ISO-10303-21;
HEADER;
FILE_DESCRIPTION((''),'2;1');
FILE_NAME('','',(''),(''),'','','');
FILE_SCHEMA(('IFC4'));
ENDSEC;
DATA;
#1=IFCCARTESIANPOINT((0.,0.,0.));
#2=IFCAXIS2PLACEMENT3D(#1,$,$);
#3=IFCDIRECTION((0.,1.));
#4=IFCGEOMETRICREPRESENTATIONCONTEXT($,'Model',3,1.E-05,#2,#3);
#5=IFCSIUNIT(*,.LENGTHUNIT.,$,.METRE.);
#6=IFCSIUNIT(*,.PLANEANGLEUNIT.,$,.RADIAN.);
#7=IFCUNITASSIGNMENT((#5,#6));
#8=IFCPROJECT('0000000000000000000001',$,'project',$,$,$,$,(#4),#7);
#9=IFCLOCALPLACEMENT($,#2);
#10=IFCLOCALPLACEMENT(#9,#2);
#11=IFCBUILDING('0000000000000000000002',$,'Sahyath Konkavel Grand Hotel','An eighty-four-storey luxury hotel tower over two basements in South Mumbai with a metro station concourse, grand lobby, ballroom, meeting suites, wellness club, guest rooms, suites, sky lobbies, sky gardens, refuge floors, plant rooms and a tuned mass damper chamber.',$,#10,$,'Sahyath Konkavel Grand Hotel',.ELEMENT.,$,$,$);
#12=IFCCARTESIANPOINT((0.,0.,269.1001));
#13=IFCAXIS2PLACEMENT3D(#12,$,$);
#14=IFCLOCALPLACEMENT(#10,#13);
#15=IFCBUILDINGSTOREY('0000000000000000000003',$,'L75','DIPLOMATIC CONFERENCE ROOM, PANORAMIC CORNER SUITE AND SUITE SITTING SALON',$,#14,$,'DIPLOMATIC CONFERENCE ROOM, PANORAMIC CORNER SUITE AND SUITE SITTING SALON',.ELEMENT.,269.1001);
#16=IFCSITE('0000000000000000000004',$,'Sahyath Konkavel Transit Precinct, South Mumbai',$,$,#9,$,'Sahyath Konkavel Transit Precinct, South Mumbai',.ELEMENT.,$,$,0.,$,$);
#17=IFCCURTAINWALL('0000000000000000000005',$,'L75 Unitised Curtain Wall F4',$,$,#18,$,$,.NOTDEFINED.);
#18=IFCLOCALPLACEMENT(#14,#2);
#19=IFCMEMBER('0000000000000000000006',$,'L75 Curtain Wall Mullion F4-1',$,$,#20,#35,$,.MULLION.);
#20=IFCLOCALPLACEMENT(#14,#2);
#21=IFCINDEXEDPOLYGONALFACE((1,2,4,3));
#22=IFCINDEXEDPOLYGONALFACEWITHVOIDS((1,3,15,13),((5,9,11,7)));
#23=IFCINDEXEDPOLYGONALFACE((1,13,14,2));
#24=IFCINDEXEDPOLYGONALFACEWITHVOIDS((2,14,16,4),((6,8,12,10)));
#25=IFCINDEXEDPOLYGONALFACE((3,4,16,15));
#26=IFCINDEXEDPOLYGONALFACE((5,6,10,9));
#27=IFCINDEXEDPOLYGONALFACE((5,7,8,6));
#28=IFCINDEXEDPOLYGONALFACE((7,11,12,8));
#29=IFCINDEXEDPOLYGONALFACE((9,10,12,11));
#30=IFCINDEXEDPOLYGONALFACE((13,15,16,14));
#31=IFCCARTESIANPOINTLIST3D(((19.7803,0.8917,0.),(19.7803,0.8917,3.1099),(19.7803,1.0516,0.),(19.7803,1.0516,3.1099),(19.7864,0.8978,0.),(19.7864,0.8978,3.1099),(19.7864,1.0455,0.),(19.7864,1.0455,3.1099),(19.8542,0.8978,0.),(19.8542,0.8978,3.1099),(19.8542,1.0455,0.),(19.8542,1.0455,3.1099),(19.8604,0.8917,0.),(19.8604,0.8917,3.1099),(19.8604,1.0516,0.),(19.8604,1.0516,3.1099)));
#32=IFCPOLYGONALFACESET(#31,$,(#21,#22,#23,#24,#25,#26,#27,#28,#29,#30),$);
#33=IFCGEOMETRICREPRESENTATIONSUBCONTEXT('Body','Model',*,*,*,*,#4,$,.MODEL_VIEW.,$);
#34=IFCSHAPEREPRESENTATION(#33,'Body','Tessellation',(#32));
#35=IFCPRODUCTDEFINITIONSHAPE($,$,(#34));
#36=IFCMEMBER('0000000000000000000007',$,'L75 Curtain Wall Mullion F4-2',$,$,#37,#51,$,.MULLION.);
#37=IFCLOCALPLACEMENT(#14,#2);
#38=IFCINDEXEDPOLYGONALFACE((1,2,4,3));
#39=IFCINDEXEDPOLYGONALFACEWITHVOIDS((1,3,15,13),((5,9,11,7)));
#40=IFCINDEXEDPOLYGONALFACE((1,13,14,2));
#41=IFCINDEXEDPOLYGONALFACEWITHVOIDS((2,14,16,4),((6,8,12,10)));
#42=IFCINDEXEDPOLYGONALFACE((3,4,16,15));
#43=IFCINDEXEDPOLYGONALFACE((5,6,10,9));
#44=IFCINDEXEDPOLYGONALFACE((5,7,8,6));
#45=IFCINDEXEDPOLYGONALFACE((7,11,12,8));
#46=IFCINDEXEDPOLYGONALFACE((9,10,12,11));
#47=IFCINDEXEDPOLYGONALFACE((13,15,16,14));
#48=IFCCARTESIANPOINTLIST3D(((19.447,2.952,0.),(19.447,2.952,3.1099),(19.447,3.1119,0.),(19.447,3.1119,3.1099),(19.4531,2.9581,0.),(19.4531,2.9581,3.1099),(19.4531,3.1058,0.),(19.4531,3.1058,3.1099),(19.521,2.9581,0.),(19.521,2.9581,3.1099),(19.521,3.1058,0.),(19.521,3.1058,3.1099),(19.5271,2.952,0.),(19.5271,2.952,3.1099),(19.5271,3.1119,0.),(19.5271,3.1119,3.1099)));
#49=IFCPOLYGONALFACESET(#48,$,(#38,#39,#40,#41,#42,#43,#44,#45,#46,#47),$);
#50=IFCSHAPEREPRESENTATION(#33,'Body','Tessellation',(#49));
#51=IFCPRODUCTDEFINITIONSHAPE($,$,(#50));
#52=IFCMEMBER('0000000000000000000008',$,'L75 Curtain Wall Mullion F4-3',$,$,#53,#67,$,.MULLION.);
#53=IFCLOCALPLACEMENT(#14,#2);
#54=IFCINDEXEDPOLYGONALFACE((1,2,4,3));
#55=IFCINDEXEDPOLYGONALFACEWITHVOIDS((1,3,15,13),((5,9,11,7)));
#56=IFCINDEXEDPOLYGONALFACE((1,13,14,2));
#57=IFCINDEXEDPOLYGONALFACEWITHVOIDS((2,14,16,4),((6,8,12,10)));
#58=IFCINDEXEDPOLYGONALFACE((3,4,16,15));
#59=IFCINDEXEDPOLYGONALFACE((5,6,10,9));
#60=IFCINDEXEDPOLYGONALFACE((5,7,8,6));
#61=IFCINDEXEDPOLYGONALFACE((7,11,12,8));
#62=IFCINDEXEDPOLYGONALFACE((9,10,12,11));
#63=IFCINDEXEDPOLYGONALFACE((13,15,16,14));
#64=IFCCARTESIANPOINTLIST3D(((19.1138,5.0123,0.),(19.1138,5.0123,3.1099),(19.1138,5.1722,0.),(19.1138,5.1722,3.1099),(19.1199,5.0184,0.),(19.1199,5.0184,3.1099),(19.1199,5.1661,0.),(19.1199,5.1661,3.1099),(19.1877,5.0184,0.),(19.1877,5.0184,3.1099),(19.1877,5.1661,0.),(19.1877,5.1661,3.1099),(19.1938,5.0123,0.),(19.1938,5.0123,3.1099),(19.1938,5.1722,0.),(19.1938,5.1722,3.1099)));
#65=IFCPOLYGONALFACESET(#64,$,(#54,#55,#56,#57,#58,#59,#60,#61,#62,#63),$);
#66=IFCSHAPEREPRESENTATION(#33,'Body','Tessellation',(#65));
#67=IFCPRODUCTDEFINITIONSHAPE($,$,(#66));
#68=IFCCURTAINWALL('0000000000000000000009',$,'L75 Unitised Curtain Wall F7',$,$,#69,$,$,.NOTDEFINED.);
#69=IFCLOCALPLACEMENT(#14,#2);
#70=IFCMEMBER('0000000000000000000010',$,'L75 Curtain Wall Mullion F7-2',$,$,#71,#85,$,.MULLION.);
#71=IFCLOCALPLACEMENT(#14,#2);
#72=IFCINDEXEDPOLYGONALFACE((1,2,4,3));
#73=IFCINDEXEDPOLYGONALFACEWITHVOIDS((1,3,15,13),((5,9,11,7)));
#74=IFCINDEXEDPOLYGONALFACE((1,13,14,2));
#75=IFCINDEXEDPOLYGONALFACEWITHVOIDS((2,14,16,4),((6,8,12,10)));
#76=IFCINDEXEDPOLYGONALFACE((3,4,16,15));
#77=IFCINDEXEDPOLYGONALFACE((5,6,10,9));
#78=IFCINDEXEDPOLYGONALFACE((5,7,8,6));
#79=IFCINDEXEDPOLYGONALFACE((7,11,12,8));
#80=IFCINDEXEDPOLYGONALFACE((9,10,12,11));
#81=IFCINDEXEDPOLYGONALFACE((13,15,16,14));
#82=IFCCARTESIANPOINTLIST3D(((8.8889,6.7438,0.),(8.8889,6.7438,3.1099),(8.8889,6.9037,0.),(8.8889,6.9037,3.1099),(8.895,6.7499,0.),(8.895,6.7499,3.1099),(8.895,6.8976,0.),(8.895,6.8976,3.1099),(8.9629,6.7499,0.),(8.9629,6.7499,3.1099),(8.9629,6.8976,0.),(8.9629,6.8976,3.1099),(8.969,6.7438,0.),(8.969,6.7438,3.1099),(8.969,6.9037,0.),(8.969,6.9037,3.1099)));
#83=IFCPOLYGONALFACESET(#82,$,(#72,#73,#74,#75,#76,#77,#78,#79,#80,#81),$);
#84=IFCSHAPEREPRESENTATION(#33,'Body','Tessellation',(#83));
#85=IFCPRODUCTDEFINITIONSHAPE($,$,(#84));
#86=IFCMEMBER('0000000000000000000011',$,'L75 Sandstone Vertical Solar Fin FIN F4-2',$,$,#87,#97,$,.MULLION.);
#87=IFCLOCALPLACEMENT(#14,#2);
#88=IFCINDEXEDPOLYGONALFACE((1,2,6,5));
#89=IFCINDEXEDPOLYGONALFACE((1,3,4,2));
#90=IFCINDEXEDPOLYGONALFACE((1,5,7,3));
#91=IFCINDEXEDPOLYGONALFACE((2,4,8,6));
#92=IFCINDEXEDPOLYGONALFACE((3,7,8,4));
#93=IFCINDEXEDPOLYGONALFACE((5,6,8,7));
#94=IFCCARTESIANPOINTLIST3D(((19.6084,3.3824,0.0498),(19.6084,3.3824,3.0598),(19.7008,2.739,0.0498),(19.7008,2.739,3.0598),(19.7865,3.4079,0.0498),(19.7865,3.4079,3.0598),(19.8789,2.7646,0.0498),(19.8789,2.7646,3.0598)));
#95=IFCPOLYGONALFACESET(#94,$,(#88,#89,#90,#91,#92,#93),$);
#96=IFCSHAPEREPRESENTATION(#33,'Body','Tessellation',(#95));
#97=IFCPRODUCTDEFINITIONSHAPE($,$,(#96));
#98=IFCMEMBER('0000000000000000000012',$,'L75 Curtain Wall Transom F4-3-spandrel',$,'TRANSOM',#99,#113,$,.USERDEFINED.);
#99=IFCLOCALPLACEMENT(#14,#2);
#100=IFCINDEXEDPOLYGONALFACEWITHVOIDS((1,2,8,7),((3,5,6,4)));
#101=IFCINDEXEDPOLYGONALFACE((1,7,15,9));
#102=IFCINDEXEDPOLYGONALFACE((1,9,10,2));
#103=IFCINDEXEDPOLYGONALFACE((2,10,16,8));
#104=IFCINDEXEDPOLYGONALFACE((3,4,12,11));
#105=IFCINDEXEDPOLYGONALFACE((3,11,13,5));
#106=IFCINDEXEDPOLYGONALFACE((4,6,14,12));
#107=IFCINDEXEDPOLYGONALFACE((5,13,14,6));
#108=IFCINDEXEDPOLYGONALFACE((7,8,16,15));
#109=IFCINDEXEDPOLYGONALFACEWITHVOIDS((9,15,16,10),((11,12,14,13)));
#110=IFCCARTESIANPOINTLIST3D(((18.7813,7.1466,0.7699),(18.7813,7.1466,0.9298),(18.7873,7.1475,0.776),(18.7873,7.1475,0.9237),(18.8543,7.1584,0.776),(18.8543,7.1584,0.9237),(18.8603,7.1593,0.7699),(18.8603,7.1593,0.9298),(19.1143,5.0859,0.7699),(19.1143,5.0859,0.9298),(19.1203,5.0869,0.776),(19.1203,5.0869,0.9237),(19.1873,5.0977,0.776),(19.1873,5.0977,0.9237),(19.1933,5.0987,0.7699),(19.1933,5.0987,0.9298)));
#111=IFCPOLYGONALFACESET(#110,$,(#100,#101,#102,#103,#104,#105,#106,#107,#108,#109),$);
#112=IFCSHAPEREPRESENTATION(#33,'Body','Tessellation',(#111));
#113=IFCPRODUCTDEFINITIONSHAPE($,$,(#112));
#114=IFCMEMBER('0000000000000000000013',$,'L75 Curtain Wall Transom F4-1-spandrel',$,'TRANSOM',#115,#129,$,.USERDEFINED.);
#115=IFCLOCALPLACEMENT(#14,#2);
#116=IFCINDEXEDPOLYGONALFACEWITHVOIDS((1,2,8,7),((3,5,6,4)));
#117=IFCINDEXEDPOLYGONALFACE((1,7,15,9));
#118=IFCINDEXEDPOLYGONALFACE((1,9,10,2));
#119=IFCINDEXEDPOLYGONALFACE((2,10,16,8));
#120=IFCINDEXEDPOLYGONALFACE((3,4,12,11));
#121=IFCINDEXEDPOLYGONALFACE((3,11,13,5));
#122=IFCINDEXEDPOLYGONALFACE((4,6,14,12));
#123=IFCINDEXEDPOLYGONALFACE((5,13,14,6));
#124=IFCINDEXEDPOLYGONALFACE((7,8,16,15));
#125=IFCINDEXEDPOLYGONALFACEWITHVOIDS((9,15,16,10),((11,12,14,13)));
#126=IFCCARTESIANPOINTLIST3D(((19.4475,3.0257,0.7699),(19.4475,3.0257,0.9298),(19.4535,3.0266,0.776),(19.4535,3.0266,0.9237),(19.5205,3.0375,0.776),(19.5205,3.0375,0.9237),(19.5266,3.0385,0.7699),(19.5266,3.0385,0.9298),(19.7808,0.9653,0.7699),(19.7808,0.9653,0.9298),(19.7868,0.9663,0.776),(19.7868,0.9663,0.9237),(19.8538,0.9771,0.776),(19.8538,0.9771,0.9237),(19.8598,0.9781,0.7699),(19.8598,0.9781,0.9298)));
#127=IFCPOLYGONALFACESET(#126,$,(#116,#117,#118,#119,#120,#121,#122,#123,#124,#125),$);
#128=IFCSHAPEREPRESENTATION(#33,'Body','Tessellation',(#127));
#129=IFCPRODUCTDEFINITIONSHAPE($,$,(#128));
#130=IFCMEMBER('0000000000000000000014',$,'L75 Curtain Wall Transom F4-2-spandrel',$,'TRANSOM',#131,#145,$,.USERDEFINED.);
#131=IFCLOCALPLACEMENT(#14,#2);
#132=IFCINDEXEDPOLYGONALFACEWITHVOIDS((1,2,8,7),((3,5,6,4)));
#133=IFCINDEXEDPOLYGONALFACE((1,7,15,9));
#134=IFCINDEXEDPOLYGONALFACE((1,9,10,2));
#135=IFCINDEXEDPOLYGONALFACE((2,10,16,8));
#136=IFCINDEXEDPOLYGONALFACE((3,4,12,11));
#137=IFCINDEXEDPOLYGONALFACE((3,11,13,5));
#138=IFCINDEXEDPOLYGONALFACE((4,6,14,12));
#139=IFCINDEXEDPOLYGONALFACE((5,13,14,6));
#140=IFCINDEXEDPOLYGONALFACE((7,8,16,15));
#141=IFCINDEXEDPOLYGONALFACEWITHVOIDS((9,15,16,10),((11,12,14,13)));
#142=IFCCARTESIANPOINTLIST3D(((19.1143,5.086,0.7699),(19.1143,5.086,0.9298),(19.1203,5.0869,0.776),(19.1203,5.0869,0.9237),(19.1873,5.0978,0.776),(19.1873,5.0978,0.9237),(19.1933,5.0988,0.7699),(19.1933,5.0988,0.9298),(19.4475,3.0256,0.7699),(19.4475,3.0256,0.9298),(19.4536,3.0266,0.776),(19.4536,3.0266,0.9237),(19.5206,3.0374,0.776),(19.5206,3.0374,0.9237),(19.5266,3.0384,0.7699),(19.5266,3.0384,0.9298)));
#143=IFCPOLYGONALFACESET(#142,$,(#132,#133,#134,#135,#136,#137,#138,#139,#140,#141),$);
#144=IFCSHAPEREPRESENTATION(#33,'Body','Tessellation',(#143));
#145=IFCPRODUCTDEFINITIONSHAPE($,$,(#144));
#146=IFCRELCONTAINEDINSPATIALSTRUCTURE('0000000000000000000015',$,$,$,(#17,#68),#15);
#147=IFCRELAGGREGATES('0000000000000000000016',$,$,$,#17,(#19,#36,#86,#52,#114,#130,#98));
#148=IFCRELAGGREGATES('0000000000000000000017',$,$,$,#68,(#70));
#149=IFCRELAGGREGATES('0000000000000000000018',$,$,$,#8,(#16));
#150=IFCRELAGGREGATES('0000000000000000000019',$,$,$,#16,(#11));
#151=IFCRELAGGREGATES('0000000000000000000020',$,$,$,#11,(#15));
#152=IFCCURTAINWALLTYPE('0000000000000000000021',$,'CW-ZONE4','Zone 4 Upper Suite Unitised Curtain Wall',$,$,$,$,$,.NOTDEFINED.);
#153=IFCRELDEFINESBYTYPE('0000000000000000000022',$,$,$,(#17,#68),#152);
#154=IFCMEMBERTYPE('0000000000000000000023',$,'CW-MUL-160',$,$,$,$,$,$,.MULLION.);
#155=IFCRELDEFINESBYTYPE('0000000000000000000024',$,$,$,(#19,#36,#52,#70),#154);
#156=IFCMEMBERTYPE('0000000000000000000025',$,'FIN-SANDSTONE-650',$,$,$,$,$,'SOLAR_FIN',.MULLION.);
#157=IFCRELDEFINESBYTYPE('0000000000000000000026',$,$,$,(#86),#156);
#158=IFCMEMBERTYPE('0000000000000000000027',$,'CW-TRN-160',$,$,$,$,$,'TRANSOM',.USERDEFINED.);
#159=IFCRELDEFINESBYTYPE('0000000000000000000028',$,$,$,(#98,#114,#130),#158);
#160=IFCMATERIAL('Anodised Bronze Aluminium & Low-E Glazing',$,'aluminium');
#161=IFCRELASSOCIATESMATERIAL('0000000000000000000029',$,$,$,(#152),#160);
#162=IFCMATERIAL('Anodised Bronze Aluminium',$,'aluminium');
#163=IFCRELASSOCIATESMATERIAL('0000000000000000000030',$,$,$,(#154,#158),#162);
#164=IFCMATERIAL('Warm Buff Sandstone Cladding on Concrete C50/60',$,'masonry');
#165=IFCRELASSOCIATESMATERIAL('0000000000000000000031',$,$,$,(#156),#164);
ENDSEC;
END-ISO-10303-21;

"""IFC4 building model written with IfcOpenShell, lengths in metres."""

from ifc_helpers import new_model, si_unit, direction, frame, origin, origin_2d, place, context, subcontext, project, spatial, rectangle, hollow_rectangle, extrude, source, transform, mapped, material, material_profile, profile_set, type_object, element, aggregate, save


model = new_model("IFC4")

# Units and contexts
model_context = context("Model", 3, precision=1e-05, world=origin(), true_north=direction((0.0, 1.0)))
body_context = subcontext(model_context, "Body", "Model", "MODEL_VIEW")
ifc_project = project(units=[si_unit("LENGTHUNIT", "METRE"), si_unit("PLANEANGLEUNIT", "RADIAN")], contexts=[model_context])

# Site, building, storey
site_placement = place(None, origin())
site = spatial("IfcSite", under=ifc_project, at=site_placement, Name="Sahyath Konkavel Transit Precinct, South Mumbai", LongName="Sahyath Konkavel Transit Precinct, South Mumbai", CompositionType="ELEMENT", RefElevation=0.0)
building_placement = place(site_placement, origin())
building = spatial("IfcBuilding", under=site, at=building_placement, Name="Sahyath Konkavel Grand Hotel", Description="An eighty-four-storey luxury hotel tower over two basements in South Mumbai with a metro station concourse, grand lobby, ballroom, meeting suites, wellness club, guest rooms, suites, sky lobbies, sky gardens, refuge floors, plant rooms and a tuned mass damper chamber.", LongName="Sahyath Konkavel Grand Hotel", CompositionType="ELEMENT")
storey_placement = place(building_placement, frame((0.0, 0.0, 269.1001)))
storey = spatial("IfcBuildingStorey", under=building, at=storey_placement, Name="L75", Description="DIPLOMATIC CONFERENCE ROOM, PANORAMIC CORNER SUITE AND SUITE SITTING SALON", LongName="DIPLOMATIC CONFERENCE ROOM, PANORAMIC CORNER SUITE AND SUITE SITTING SALON", CompositionType="ELEMENT", Elevation=269.1001)

# Curtain wall, members
ifc_material_1 = material(Name="Anodised Bronze Aluminium & Low-E Glazing", Category="aluminium")
curtain_wall_type = type_object("IfcCurtainWallType", Name="CW-ZONE4", Description="Zone 4 Upper Suite Unitised Curtain Wall", PredefinedType="NOTDEFINED", material=ifc_material_1)
curtain_wall_1_placement = place(storey_placement, origin())
curtain_wall_1 = element("IfcCurtainWall", 1, at=curtain_wall_1_placement, inside=storey, type_object=curtain_wall_type, Name="L75 Unitised Curtain Wall F4", PredefinedType="NOTDEFINED")
ifc_material_2 = material(Name="Anodised Bronze Aluminium", Category="aluminium")
ifc_material_profile_1 = material_profile(ifc_material_2, hollow_rectangle(XDim=0.0801, YDim=0.1599, WallThickness=0.0061, at=origin_2d()), Name="RHS 160x80x6")
ifc_profile_set_1 = profile_set([ifc_material_profile_1], Name="Anodised Bronze Aluminium")
member_type_1 = type_object("IfcMemberType", Name="CW-MUL-160", PredefinedType="MULLION", material=ifc_profile_set_1)
shared_shape_1 = source(origin(), body_context, "Body", "SweptSolid", [
    extrude(hollow_rectangle(XDim=0.0801, YDim=0.1599, WallThickness=0.0061, at=origin_2d()), origin(), (0.0, 0.0, 1.0), 3.1099),
])
member_1_placement = place(storey_placement, frame((19.8203, 0.9717, 0.0), z_axis=(0.0, 0.0, 1.0), x_axis=(1.0, 0.0, 0.0)))
member_1 = element("IfcMember", 2, at=member_1_placement, type_object=member_type_1, Name="L75 Curtain Wall Mullion F4-1", PredefinedType="MULLION", context=body_context, shape_type="MappedRepresentation", body=[
    mapped(shared_shape_1, transform((0.0, 0.0, 0.0), scale=1.0)),
])
member_2_placement = place(storey_placement, frame((19.4871, 3.032, 0.0), z_axis=(0.0, 0.0, 1.0), x_axis=(1.0, 0.0, 0.0)))
member_2 = element("IfcMember", 3, at=member_2_placement, type_object=member_type_1, Name="L75 Curtain Wall Mullion F4-2", PredefinedType="MULLION", context=body_context, shape_type="MappedRepresentation", body=[
    mapped(shared_shape_1, transform((0.0, 0.0, 0.0), scale=1.0)),
])
member_3_placement = place(storey_placement, frame((19.1538, 5.0923, 0.0), z_axis=(0.0, 0.0, 1.0), x_axis=(1.0, 0.0, 0.0)))
member_3 = element("IfcMember", 4, at=member_3_placement, type_object=member_type_1, Name="L75 Curtain Wall Mullion F4-3", PredefinedType="MULLION", context=body_context, shape_type="MappedRepresentation", body=[
    mapped(shared_shape_1, transform((0.0, 0.0, 0.0), scale=1.0)),
])

# Curtain wall, member
curtain_wall_2_placement = place(storey_placement, origin())
curtain_wall_2 = element("IfcCurtainWall", 5, at=curtain_wall_2_placement, inside=storey, type_object=curtain_wall_type, Name="L75 Unitised Curtain Wall F7", PredefinedType="NOTDEFINED")
member_4_placement = place(storey_placement, frame((8.929, 6.8237, 0.0), z_axis=(0.0, 0.0, 1.0), x_axis=(1.0, 0.0, 0.0)))
member_4 = element("IfcMember", 6, at=member_4_placement, type_object=member_type_1, Name="L75 Curtain Wall Mullion F7-2", PredefinedType="MULLION", context=body_context, shape_type="MappedRepresentation", body=[
    mapped(shared_shape_1, transform((0.0, 0.0, 0.0), scale=1.0)),
])

# Members
ifc_material_3 = material(Name="Warm Buff Sandstone Cladding on Concrete C50/60", Category="masonry")
ifc_material_profile_2 = material_profile(ifc_material_3, rectangle(XDim=0.1799, YDim=0.6499, at=origin_2d()), Name="FIN 180x650")
ifc_profile_set_2 = profile_set([ifc_material_profile_2], Name="Warm Buff Sandstone Cladding on Concrete C50/60")
member_type_2 = type_object("IfcMemberType", Name="FIN-SANDSTONE-650", ElementType="SOLAR_FIN", PredefinedType="MULLION", material=ifc_profile_set_2)
shared_shape_2 = source(origin(), body_context, "Body", "SweptSolid", [
    extrude(rectangle(XDim=0.1799, YDim=0.6499, at=origin_2d()), origin(), (0.0, 0.0, 1.0), 3.01),
])
member_5_placement = place(storey_placement, frame((19.7437, 3.0735, 0.0498), z_axis=(0.0, 0.0, 1.0), x_axis=(0.989851, 0.142111, 0.0)))
member_5 = element("IfcMember", 7, at=member_5_placement, type_object=member_type_2, Name="L75 Sandstone Vertical Solar Fin FIN F4-2", PredefinedType="MULLION", context=body_context, shape_type="MappedRepresentation", body=[
    mapped(shared_shape_2, transform((0.0, 0.0, 0.0), scale=1.0)),
])
ifc_material_profile_3 = material_profile(ifc_material_2, hollow_rectangle(XDim=0.0801, YDim=0.1599, WallThickness=0.0061, at=origin_2d()), Name="RHS 160x80x6")
ifc_profile_set_3 = profile_set([ifc_material_profile_3], Name="Anodised Bronze Aluminium")
member_type_3 = type_object("IfcMemberType", Name="CW-TRN-160", ElementType="TRANSOM", PredefinedType="USERDEFINED", material=ifc_profile_set_3)
shared_shape_3 = source(origin(), body_context, "Body", "SweptSolid", [
    extrude(hollow_rectangle(XDim=0.0801, YDim=0.1599, WallThickness=0.0061, at=origin_2d()), origin(), (0.0, 0.0, 1.0), 2.0874),
])
member_6_placement = place(storey_placement, frame((19.1538, 5.0923, 0.8499), z_axis=(-0.159541, 0.987191, 0.0), x_axis=(-0.987191, -0.159541, 0.0)))
member_6 = element("IfcMember", 8, at=member_6_placement, type_object=member_type_3, Name="L75 Curtain Wall Transom F4-3-spandrel", ObjectType="TRANSOM", PredefinedType="USERDEFINED", context=body_context, shape_type="MappedRepresentation", body=[
    mapped(shared_shape_3, transform((0.0, 0.0, 0.0), scale=1.0)),
])
shared_shape_4 = source(origin(), body_context, "Body", "SweptSolid", [
    extrude(hollow_rectangle(XDim=0.0801, YDim=0.1599, WallThickness=0.0061, at=origin_2d()), origin(), (0.0, 0.0, 1.0), 2.0872),
])
member_7_placement = place(storey_placement, frame((19.8203, 0.9717, 0.8499), z_axis=(-0.159674, 0.98717, 0.0), x_axis=(-0.98717, -0.159674, 0.0)))
member_7 = element("IfcMember", 9, at=member_7_placement, type_object=member_type_3, Name="L75 Curtain Wall Transom F4-1-spandrel", ObjectType="TRANSOM", PredefinedType="USERDEFINED", context=body_context, shape_type="MappedRepresentation", body=[
    mapped(shared_shape_4, transform((0.0, 0.0, 0.0), scale=1.0)),
])
member_8_placement = place(storey_placement, frame((19.4871, 3.032, 0.8499), z_axis=(-0.159674, 0.98717, 0.0), x_axis=(-0.98717, -0.159674, 0.0)))
member_8 = element("IfcMember", 10, at=member_8_placement, type_object=member_type_3, Name="L75 Curtain Wall Transom F4-2-spandrel", ObjectType="TRANSOM", PredefinedType="USERDEFINED", context=body_context, shape_type="MappedRepresentation", body=[
    mapped(shared_shape_4, transform((0.0, 0.0, 0.0), scale=1.0)),
])

aggregate(curtain_wall_1, [member_1, member_2, member_5, member_3, member_7, member_8, member_6])
aggregate(curtain_wall_2, [member_4])

save(model, "model.ifc")
